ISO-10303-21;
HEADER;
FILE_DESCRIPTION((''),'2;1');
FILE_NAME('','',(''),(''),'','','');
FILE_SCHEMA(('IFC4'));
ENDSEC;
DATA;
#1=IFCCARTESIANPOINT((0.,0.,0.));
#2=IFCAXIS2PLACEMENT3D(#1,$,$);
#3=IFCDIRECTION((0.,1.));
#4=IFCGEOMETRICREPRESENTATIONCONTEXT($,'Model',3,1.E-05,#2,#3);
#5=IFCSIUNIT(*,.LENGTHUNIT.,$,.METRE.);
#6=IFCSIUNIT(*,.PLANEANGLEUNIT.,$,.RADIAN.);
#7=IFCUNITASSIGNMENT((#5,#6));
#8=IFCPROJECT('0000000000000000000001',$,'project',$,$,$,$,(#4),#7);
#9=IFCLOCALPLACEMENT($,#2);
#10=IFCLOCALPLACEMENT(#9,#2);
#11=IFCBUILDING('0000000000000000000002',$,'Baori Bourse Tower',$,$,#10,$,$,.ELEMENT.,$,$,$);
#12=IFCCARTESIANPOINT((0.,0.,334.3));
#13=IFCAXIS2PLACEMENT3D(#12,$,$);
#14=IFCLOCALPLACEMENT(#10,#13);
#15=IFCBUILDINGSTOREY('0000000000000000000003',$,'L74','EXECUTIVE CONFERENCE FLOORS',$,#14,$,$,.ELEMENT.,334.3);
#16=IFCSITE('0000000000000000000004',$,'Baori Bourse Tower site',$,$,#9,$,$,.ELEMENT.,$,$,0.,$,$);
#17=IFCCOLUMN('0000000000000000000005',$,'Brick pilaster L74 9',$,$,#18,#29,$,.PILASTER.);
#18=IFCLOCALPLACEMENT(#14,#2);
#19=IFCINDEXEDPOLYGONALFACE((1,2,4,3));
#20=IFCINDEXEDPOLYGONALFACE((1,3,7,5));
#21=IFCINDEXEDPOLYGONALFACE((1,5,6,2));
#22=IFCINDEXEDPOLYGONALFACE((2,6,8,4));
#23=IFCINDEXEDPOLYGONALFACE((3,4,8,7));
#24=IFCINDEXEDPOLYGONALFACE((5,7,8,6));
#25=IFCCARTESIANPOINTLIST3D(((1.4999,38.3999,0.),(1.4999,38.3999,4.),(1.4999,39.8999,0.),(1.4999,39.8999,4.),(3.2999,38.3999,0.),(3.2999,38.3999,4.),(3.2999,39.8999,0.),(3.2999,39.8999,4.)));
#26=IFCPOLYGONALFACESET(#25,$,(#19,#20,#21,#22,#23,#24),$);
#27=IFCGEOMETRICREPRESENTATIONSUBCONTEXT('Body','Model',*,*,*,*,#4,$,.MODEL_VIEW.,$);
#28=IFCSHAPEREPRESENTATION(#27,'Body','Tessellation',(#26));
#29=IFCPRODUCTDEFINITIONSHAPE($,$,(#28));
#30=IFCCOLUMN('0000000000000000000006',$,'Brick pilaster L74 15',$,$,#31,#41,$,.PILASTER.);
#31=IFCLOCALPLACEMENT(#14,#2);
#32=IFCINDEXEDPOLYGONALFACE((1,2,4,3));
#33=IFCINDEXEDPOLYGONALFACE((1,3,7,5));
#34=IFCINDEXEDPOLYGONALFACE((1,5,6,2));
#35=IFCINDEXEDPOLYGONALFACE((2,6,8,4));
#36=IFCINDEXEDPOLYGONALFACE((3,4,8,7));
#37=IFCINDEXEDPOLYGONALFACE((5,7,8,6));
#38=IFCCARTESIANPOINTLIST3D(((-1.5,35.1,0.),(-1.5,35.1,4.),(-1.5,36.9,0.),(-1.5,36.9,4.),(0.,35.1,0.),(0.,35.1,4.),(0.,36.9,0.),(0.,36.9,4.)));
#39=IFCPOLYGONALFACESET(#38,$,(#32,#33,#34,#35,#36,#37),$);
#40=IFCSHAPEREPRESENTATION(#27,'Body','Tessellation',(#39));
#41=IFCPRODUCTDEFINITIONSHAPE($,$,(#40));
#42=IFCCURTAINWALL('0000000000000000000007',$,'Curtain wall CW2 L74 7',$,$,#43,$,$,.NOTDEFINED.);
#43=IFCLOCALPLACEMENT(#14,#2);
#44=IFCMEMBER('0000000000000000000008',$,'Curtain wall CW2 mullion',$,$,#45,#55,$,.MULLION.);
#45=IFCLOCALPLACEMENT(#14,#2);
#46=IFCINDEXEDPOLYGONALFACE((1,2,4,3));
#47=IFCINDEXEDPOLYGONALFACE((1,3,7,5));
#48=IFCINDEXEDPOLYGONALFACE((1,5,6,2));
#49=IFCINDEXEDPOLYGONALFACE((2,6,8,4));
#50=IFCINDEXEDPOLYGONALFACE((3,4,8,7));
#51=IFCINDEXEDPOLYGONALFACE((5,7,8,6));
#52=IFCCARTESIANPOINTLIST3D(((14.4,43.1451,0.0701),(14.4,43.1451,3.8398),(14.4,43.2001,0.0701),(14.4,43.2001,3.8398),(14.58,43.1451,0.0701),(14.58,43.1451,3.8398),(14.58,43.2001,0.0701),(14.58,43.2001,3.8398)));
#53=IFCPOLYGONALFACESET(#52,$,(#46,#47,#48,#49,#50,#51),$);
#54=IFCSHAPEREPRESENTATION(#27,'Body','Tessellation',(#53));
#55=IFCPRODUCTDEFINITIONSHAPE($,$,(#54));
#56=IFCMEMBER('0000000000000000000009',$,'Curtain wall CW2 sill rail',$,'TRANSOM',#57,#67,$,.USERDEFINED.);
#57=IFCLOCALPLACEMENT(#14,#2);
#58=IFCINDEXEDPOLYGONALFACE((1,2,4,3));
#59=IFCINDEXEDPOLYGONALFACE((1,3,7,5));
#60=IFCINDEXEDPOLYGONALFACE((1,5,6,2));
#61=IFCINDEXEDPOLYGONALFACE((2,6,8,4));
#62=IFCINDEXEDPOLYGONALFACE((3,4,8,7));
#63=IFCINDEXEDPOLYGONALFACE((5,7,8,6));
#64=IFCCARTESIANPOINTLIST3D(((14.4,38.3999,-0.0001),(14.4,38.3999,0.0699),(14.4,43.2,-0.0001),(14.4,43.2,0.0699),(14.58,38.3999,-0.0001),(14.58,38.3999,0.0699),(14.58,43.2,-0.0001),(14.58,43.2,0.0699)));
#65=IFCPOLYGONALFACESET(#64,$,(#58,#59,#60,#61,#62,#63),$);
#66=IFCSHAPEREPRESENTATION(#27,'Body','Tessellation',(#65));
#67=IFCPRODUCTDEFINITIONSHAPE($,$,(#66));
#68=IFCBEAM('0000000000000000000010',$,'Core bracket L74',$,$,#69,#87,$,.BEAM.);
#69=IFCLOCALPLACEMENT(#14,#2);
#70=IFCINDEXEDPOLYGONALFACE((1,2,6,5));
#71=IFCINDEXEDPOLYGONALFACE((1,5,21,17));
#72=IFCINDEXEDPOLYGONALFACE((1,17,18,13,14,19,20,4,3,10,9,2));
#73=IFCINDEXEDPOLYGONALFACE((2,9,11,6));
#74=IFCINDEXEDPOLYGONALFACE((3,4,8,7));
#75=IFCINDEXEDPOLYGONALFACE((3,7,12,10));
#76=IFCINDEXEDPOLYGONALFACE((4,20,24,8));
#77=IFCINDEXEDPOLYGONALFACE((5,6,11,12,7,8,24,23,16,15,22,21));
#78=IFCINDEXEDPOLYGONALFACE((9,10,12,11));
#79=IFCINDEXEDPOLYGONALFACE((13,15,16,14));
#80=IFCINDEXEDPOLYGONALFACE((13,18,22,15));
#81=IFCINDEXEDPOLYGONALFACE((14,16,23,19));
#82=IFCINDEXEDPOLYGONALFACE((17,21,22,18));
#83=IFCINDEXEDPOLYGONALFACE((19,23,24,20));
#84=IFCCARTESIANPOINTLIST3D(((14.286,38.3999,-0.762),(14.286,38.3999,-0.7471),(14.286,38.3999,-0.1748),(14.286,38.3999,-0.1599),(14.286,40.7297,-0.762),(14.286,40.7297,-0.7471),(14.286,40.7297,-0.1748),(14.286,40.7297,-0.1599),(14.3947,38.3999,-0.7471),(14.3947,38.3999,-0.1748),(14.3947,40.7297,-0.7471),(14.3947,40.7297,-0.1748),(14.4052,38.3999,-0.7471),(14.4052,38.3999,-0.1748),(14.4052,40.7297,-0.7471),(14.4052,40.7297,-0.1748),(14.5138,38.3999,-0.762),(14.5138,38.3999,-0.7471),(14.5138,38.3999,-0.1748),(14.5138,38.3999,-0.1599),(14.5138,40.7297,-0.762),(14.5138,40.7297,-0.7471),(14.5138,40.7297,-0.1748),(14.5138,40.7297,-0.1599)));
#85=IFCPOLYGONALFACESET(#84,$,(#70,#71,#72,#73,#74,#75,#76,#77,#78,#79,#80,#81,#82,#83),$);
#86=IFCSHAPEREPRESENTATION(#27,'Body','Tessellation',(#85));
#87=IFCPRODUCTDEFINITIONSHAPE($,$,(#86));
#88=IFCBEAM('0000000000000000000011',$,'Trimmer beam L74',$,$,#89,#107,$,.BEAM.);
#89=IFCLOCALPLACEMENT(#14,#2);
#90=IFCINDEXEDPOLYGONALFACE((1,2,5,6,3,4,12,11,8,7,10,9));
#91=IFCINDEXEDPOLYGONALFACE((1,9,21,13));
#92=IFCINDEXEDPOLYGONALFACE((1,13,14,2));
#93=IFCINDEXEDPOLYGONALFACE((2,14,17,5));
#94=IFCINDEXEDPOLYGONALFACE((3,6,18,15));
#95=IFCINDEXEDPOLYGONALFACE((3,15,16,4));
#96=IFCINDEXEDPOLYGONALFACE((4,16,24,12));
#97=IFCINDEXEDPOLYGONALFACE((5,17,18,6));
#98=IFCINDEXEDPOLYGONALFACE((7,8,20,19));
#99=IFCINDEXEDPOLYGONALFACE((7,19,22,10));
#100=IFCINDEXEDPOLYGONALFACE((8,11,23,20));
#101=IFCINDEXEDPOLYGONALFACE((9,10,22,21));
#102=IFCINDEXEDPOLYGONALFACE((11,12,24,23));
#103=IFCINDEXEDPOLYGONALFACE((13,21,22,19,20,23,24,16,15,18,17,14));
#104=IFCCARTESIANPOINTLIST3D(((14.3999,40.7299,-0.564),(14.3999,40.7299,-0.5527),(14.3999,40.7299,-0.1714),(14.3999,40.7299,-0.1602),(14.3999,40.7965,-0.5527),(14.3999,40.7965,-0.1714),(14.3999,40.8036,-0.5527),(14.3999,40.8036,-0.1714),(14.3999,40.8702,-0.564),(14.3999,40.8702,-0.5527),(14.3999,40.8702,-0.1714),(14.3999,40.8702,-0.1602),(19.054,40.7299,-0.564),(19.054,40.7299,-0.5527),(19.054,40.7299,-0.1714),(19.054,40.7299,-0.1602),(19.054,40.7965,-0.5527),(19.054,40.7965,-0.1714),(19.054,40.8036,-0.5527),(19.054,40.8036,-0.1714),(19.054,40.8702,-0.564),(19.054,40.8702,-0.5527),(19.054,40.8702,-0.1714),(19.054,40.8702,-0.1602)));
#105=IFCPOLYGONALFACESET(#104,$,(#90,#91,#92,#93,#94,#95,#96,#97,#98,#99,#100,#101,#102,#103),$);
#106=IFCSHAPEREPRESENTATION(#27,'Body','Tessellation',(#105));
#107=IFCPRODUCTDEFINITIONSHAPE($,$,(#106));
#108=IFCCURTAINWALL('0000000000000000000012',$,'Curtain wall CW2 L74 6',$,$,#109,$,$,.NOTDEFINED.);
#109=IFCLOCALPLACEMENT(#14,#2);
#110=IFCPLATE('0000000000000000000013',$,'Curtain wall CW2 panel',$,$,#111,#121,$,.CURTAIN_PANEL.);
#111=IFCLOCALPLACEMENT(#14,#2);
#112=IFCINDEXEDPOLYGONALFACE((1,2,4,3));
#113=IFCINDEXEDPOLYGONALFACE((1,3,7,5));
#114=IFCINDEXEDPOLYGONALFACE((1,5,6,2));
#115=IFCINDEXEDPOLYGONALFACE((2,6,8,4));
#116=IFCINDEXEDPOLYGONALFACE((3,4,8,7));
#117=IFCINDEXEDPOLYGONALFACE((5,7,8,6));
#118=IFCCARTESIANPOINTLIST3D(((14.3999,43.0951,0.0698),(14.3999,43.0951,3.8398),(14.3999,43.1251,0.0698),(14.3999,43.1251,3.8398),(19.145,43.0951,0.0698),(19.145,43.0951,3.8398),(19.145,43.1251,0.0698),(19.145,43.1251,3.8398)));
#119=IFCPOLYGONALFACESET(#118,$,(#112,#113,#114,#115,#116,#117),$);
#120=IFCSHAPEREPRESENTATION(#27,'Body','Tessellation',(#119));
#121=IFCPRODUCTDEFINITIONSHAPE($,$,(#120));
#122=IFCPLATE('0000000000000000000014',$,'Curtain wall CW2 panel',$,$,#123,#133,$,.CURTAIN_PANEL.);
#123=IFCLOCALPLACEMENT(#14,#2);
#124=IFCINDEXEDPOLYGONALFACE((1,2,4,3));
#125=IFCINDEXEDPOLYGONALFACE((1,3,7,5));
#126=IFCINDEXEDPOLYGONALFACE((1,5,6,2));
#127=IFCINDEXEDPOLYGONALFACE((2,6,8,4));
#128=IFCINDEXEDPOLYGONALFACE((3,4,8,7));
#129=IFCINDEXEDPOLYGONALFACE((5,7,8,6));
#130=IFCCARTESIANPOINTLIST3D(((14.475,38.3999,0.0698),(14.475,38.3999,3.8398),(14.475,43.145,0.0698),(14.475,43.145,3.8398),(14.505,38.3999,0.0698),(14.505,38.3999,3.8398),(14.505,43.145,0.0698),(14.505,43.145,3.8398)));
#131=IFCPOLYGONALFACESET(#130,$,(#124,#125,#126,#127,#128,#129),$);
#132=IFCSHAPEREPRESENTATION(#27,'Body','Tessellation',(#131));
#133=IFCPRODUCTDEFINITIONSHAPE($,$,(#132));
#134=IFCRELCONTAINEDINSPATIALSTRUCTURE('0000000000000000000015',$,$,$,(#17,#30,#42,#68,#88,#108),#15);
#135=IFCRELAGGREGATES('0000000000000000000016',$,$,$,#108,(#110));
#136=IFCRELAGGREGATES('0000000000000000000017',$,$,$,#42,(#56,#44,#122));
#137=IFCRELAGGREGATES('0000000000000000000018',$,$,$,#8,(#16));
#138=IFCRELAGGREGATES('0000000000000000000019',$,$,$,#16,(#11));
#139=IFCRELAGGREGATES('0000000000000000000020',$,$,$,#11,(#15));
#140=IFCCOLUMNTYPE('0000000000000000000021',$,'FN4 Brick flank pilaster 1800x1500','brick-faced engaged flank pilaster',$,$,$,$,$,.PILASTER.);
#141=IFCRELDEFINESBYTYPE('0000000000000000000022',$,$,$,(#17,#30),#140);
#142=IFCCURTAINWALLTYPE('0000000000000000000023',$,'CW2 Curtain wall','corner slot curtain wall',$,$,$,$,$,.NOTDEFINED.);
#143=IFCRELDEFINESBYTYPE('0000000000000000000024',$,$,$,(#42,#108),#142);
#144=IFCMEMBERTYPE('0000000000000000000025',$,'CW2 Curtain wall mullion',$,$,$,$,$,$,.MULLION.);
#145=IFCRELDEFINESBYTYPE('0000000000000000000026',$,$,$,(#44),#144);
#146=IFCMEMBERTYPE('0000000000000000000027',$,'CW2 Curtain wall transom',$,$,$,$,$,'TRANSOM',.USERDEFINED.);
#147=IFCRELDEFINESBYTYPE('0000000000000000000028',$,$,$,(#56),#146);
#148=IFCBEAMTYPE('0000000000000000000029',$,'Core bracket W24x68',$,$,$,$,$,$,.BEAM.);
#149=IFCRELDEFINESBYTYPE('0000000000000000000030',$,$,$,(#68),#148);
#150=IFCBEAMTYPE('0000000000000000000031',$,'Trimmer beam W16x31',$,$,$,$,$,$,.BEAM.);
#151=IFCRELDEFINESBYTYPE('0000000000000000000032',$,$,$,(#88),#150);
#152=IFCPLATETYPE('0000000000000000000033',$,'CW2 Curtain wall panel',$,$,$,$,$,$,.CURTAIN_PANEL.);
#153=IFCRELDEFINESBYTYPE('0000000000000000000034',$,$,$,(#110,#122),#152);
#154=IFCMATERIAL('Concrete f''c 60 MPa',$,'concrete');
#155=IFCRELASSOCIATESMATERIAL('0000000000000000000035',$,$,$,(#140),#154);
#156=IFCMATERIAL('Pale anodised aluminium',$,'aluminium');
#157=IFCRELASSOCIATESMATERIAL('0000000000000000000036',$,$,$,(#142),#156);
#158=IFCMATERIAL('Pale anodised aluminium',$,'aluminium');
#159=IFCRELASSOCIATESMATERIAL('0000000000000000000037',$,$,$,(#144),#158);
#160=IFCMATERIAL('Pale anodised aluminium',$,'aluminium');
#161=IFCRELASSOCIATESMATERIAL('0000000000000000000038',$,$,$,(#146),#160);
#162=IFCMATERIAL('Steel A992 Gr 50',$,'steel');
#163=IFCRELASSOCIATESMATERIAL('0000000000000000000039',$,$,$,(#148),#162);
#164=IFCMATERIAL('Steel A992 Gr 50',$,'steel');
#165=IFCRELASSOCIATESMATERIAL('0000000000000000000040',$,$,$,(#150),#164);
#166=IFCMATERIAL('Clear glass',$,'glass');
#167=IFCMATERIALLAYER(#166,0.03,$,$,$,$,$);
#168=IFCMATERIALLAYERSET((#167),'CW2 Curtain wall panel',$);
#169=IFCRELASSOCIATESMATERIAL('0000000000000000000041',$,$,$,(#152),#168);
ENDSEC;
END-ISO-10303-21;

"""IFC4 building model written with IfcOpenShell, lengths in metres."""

from ifc_helpers import new_model, si_unit, direction, frame, origin, origin_2d, place, context, subcontext, project, spatial, rectangle, i_section, extrude, material, layer, layer_set, material_profile, profile_set, type_object, element, aggregate, save


model = new_model("IFC4")

# Units and contexts
model_context = context("Model", 3, precision=1e-05, world=origin(), true_north=direction((0.0, 1.0)))
body_context = subcontext(model_context, "Body", "Model", "MODEL_VIEW")
ifc_project = project(units=[si_unit("LENGTHUNIT", "METRE"), si_unit("PLANEANGLEUNIT", "RADIAN")], contexts=[model_context])

# Site, building, storey
site_placement = place(None, origin())
site = spatial("IfcSite", under=ifc_project, at=site_placement, Name="Baori Bourse Tower site", CompositionType="ELEMENT", RefElevation=0.0)
building_placement = place(site_placement, origin())
building = spatial("IfcBuilding", under=site, at=building_placement, Name="Baori Bourse Tower", CompositionType="ELEMENT")
storey_placement = place(building_placement, frame((0.0, 0.0, 334.3)))
storey = spatial("IfcBuildingStorey", under=building, at=storey_placement, Name="L74", Description="EXECUTIVE CONFERENCE FLOORS", CompositionType="ELEMENT", Elevation=334.3)

# Columns
ifc_material_1 = material(Name="Concrete f'c 60 MPa", Category="concrete")
ifc_material_profile_1 = material_profile(ifc_material_1, rectangle(XDim=1.8, YDim=1.5, at=origin_2d()), Name="RC 1800x1500")
ifc_profile_set_1 = profile_set([ifc_material_profile_1], Name="Concrete f'c 60 MPa")
column_type = type_object("IfcColumnType", Name="FN4 Brick flank pilaster 1800x1500", Description="brick-faced engaged flank pilaster", PredefinedType="PILASTER", material=ifc_profile_set_1)
for number, where, z_axis, x_axis, name in (
    (1, (2.3999, 39.1499, 0.0), (0.0, 0.0, 1.0), (1.0, 0.0, 0.0), "Brick pilaster L74 9"),
    (2, (-0.75, 36.0, 0.0), (0.0, 0.0, 1.0), (0.0, 1.0, 0.0), "Brick pilaster L74 15"),
):
    element("IfcColumn", number, at=place(storey_placement, frame(where, z_axis=z_axis, x_axis=x_axis)), inside=storey, type_object=column_type, Name=name, PredefinedType="PILASTER", context=body_context, shape_type="SweptSolid", body=[
        extrude(rectangle(XDim=1.8, YDim=1.5, at=origin_2d()), origin(), (0.0, 0.0, 1.0), 4.0),
    ])

# Curtain wall, members
ifc_material_2 = material(Name="Pale anodised aluminium", Category="aluminium")
curtain_wall_type = type_object("IfcCurtainWallType", Name="CW2 Curtain wall", Description="corner slot curtain wall", PredefinedType="NOTDEFINED", material=ifc_material_2)
curtain_wall_1_placement = place(storey_placement, origin())
curtain_wall_1 = element("IfcCurtainWall", 3, at=curtain_wall_1_placement, inside=storey, type_object=curtain_wall_type, Name="Curtain wall CW2 L74 7", PredefinedType="NOTDEFINED")
ifc_material_3 = material(Name="Pale anodised aluminium", Category="aluminium")
ifc_material_profile_2 = material_profile(ifc_material_3, rectangle(XDim=0.1799, YDim=0.0549, at=origin_2d()), Name="Mullion 55x180")
ifc_profile_set_2 = profile_set([ifc_material_profile_2], Name="Pale anodised aluminium")
member_type_1 = type_object("IfcMemberType", Name="CW2 Curtain wall mullion", PredefinedType="MULLION", material=ifc_profile_set_2)
member_1_placement = place(storey_placement, frame((14.49, 43.1726, 0.0701), z_axis=(0.0, 0.0, 1.0), x_axis=(1.0, 0.0, 0.0)))
member_1 = element("IfcMember", 4, at=member_1_placement, type_object=member_type_1, Name="Curtain wall CW2 mullion", PredefinedType="MULLION", context=body_context, shape_type="SweptSolid", body=[
    extrude(rectangle(XDim=0.1799, YDim=0.0549, at=origin_2d()), origin(), (0.0, 0.0, 1.0), 3.7698),
])
ifc_material_4 = material(Name="Pale anodised aluminium", Category="aluminium")
ifc_material_profile_3 = material_profile(ifc_material_4, rectangle(XDim=0.1799, YDim=0.0701, at=origin_2d()), Name="Transom 70x180")
ifc_profile_set_3 = profile_set([ifc_material_profile_3], Name="Pale anodised aluminium")
member_type_2 = type_object("IfcMemberType", Name="CW2 Curtain wall transom", ElementType="TRANSOM", PredefinedType="USERDEFINED", material=ifc_profile_set_3)
member_2_placement = place(storey_placement, frame((14.49, 43.2, 0.0349), z_axis=(0.0, -1.0, 0.0), x_axis=(1.0, 0.0, 0.0)))
member_2 = element("IfcMember", 5, at=member_2_placement, type_object=member_type_2, Name="Curtain wall CW2 sill rail", ObjectType="TRANSOM", PredefinedType="USERDEFINED", context=body_context, shape_type="SweptSolid", body=[
    extrude(rectangle(XDim=0.1799, YDim=0.0701, at=origin_2d()), origin(), (0.0, 0.0, 1.0), 4.8),
])

# Beams
ifc_material_5 = material(Name="Steel A992 Gr 50", Category="steel")
ifc_material_profile_4 = material_profile(ifc_material_5, i_section(OverallWidth=0.2278, OverallDepth=0.6021, WebThickness=0.0105, FlangeThickness=0.0149, at=origin_2d()), Name="W24x68")
ifc_profile_set_4 = profile_set([ifc_material_profile_4], Name="Steel A992 Gr 50")
beam_type_1 = type_object("IfcBeamType", Name="Core bracket W24x68", PredefinedType="BEAM", material=ifc_profile_set_4)
beam_1_placement = place(storey_placement, frame((14.3999, 38.3999, -0.4609), z_axis=(0.0, 1.0, 0.0), x_axis=(-1.0, 0.0, 0.0)))
element("IfcBeam", 6, at=beam_1_placement, inside=storey, type_object=beam_type_1, Name="Core bracket L74", PredefinedType="BEAM", context=body_context, shape_type="SweptSolid", body=[
    extrude(i_section(OverallWidth=0.2278, OverallDepth=0.6021, WebThickness=0.0105, FlangeThickness=0.0149, at=origin_2d()), origin(), (0.0, 0.0, 1.0), 2.3298),
])
ifc_material_6 = material(Name="Steel A992 Gr 50", Category="steel")
ifc_material_profile_5 = material_profile(ifc_material_6, i_section(OverallWidth=0.1404, OverallDepth=0.4038, WebThickness=0.0071, FlangeThickness=0.0112, at=origin_2d()), Name="W16x31")
ifc_profile_set_5 = profile_set([ifc_material_profile_5], Name="Steel A992 Gr 50")
beam_type_2 = type_object("IfcBeamType", Name="Trimmer beam W16x31", PredefinedType="BEAM", material=ifc_profile_set_5)
beam_2_placement = place(storey_placement, frame((14.3999, 40.8, -0.3621), z_axis=(1.0, 0.0, 0.0), x_axis=(0.0, 1.0, 0.0)))
element("IfcBeam", 7, at=beam_2_placement, inside=storey, type_object=beam_type_2, Name="Trimmer beam L74", PredefinedType="BEAM", context=body_context, shape_type="SweptSolid", body=[
    extrude(i_section(OverallWidth=0.1404, OverallDepth=0.4038, WebThickness=0.0071, FlangeThickness=0.0112, at=origin_2d()), origin(), (0.0, 0.0, 1.0), 4.6541),
])

# Curtain wall, plate
curtain_wall_2_placement = place(storey_placement, origin())
curtain_wall_2 = element("IfcCurtainWall", 8, at=curtain_wall_2_placement, inside=storey, type_object=curtain_wall_type, Name="Curtain wall CW2 L74 6", PredefinedType="NOTDEFINED")
ifc_material_7 = material(Name="Clear glass", Category="glass")
ifc_layer_1 = layer(ifc_material_7, 0.03)
ifc_layer_set_1 = layer_set([ifc_layer_1], Name="CW2 Curtain wall panel")
plate_type = type_object("IfcPlateType", Name="CW2 Curtain wall panel", PredefinedType="CURTAIN_PANEL", material=ifc_layer_set_1)
plate_1_placement = place(storey_placement, frame((16.7725, 43.1101, 0.0698), z_axis=(0.0, 0.0, 1.0), x_axis=(-1.0, 0.0, 0.0)))
plate_1 = element("IfcPlate", 9, at=plate_1_placement, type_object=plate_type, Name="Curtain wall CW2 panel", PredefinedType="CURTAIN_PANEL", context=body_context, shape_type="SweptSolid", body=[
    extrude(rectangle(XDim=4.7451, YDim=0.03, at=origin_2d()), origin(), (0.0, 0.0, 1.0), 3.77),
])
aggregate(curtain_wall_2, [plate_1])

# Plate
plate_2_placement = place(storey_placement, frame((14.49, 40.7725, 0.0698), z_axis=(0.0, 0.0, 1.0), x_axis=(0.0, -1.0, 0.0)))
plate_2 = element("IfcPlate", 10, at=plate_2_placement, type_object=plate_type, Name="Curtain wall CW2 panel", PredefinedType="CURTAIN_PANEL", context=body_context, shape_type="SweptSolid", body=[
    extrude(rectangle(XDim=4.7451, YDim=0.03, at=origin_2d()), origin(), (0.0, 0.0, 1.0), 3.77),
])
aggregate(curtain_wall_1, [member_2, member_1, plate_2])

save(model, "model.ifc")
